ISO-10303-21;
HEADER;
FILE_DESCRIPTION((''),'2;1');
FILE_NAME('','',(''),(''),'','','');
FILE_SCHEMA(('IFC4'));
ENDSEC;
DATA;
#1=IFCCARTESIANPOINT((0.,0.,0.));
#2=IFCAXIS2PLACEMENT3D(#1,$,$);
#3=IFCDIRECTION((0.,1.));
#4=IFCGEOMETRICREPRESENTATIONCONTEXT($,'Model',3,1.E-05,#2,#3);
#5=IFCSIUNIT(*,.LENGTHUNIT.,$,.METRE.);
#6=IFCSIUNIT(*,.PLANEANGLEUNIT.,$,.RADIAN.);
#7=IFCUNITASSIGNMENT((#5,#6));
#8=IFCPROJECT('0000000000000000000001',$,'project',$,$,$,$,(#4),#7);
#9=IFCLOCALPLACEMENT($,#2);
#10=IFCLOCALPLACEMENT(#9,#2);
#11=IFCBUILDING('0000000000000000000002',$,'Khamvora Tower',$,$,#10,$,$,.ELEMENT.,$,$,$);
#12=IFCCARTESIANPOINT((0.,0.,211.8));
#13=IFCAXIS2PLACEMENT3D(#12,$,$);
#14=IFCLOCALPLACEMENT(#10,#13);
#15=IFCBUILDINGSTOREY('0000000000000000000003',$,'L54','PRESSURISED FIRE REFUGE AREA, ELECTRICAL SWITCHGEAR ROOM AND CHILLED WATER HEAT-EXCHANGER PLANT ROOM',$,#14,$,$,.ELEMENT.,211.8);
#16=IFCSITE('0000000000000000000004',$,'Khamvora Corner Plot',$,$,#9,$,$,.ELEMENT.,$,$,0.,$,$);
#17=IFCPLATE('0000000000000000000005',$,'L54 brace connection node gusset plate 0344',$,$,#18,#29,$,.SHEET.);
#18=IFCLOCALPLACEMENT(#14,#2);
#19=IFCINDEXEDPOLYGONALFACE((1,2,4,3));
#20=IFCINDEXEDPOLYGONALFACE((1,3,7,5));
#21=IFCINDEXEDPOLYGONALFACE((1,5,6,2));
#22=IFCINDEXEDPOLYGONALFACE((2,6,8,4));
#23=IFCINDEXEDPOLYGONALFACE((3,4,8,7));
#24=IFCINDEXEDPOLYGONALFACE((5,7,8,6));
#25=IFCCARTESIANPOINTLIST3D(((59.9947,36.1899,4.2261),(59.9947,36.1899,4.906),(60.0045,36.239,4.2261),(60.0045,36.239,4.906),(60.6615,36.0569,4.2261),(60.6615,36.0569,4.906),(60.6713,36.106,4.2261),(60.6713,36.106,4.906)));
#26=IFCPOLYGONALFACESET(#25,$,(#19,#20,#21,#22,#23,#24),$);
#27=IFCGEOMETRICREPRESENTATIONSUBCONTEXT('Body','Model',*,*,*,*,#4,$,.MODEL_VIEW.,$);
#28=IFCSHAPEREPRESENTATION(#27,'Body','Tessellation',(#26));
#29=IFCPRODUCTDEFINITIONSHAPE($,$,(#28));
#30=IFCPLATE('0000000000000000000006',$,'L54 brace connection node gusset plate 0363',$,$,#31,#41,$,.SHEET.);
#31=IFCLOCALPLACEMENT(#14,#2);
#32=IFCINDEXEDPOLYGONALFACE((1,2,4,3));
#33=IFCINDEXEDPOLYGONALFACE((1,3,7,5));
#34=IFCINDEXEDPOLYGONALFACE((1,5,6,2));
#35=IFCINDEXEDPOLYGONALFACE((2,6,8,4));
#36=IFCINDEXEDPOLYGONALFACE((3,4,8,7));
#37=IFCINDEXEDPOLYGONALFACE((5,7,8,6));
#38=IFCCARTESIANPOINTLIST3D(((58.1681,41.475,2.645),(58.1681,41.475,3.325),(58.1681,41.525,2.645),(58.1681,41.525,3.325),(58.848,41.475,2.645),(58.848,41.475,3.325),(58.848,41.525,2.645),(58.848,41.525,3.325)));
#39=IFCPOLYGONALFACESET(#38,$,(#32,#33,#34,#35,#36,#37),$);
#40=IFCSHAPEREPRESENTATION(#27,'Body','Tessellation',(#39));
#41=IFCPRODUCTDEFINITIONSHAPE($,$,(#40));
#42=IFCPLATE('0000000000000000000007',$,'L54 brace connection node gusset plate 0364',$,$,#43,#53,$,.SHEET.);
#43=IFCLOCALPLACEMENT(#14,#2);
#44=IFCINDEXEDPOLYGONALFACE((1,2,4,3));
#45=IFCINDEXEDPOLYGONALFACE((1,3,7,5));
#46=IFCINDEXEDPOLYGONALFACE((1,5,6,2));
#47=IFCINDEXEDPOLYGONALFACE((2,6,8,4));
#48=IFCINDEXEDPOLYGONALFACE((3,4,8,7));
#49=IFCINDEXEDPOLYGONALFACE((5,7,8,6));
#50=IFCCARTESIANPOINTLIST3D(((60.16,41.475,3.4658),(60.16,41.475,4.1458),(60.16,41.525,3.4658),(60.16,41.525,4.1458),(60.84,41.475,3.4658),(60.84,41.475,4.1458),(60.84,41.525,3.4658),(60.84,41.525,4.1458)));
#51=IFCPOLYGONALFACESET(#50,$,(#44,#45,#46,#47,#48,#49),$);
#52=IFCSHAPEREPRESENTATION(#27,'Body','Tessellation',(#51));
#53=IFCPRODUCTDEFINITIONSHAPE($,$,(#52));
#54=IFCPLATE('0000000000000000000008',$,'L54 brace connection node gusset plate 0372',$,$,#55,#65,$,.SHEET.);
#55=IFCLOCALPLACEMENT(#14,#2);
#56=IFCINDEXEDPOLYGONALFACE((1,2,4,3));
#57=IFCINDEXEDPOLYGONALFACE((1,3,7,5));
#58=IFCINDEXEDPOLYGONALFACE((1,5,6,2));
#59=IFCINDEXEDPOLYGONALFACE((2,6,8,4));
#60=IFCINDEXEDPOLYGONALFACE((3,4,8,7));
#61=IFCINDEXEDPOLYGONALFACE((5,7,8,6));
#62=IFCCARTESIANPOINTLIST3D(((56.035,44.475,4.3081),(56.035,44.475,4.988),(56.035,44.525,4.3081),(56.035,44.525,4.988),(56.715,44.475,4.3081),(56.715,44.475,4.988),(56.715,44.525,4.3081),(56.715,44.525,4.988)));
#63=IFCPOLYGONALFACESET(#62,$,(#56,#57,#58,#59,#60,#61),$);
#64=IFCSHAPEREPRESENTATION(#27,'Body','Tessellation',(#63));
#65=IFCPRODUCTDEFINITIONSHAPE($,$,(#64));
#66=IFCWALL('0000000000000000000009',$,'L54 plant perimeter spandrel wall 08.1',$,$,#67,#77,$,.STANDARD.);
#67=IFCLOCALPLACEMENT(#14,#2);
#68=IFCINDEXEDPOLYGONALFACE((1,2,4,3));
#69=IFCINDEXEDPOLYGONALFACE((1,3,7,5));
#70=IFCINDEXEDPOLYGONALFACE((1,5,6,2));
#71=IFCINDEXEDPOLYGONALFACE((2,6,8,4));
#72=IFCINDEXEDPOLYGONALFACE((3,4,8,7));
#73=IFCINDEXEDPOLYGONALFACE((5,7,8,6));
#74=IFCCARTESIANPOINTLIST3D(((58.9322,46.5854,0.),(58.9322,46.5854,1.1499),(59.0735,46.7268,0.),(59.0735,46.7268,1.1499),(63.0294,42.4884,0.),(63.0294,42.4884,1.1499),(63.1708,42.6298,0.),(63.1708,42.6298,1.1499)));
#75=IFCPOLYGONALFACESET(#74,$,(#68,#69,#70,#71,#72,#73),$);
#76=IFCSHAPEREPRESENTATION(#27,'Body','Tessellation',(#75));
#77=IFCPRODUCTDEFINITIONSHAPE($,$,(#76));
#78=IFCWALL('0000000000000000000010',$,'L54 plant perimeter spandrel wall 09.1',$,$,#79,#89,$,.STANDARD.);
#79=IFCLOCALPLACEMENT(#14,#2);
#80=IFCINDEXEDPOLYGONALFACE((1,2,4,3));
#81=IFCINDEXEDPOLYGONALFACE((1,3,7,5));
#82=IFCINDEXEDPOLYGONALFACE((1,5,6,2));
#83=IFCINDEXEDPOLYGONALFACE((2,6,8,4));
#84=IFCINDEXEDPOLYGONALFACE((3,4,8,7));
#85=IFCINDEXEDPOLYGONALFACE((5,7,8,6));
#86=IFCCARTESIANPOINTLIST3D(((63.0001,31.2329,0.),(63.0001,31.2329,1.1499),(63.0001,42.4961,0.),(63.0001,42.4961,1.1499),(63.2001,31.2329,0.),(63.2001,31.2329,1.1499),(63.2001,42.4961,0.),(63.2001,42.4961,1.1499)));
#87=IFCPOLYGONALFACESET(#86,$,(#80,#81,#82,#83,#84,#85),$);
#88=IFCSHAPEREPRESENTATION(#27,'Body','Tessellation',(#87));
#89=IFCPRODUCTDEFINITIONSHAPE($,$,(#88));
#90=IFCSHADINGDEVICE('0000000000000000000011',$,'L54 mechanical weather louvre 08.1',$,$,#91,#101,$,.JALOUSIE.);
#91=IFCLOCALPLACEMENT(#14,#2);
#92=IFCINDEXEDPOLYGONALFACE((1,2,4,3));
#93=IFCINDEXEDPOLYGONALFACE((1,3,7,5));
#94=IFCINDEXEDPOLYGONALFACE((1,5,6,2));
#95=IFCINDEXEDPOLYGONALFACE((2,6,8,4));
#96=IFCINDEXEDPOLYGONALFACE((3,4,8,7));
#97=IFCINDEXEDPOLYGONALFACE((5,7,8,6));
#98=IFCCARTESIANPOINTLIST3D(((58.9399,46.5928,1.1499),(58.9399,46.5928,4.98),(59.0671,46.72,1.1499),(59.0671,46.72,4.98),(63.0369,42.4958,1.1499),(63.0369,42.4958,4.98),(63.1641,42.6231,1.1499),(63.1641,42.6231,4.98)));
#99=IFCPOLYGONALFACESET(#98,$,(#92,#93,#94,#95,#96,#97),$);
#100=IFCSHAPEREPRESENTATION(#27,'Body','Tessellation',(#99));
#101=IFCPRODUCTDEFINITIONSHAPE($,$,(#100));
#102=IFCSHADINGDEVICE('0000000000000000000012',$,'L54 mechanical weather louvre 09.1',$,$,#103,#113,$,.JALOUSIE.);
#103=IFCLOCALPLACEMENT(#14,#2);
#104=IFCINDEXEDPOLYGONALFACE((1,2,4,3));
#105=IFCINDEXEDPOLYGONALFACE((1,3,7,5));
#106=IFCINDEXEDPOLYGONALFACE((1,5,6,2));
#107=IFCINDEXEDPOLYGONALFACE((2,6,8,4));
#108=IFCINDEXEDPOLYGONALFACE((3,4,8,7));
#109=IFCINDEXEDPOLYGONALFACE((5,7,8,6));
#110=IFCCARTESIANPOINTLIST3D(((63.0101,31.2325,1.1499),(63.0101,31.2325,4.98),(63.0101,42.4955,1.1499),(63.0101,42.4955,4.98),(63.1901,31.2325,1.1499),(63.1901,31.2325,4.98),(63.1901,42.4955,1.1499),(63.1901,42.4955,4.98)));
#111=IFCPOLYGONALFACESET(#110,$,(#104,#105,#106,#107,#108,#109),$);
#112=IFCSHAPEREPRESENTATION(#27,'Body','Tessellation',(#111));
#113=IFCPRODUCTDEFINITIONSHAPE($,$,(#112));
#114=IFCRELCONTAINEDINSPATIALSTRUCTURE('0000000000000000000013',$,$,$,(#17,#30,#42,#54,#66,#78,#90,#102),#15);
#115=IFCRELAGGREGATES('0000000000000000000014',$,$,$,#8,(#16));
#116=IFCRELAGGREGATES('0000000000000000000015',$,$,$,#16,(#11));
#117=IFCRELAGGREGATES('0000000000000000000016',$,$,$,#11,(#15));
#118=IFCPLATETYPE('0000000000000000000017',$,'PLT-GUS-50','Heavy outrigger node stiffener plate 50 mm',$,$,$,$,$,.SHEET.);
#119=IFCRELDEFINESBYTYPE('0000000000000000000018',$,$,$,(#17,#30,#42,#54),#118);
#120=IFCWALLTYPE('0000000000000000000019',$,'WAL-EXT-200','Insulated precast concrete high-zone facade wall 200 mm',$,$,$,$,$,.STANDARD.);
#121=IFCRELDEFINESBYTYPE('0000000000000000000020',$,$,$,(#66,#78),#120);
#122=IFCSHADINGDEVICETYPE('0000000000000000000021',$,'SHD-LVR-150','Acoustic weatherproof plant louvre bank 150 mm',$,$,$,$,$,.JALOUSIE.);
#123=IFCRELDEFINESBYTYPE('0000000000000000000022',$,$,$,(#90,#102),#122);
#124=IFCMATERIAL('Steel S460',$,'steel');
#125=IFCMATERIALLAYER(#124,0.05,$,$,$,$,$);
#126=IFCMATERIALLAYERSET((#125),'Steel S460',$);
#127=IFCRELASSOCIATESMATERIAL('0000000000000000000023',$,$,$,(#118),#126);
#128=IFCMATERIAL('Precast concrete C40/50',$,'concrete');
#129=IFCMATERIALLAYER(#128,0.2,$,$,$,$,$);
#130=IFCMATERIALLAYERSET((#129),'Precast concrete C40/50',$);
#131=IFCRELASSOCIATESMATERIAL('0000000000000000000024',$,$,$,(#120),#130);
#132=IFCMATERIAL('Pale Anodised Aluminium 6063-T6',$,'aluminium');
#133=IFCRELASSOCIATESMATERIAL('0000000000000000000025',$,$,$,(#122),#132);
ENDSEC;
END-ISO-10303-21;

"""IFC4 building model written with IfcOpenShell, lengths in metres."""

from ifc_helpers import new_model, si_unit, direction, frame, frame_2d, origin, origin_2d, place, context, subcontext, project, spatial, rectangle, extrude, material, layer, layer_set, type_object, element, save


model = new_model("IFC4")

# Units and contexts
model_context = context("Model", 3, precision=1e-05, world=origin(), true_north=direction((0.0, 1.0)))
body_context = subcontext(model_context, "Body", "Model", "MODEL_VIEW")
ifc_project = project(units=[si_unit("LENGTHUNIT", "METRE"), si_unit("PLANEANGLEUNIT", "RADIAN")], contexts=[model_context])

# Site, building, storey
site_placement = place(None, origin())
site = spatial("IfcSite", under=ifc_project, at=site_placement, Name="Khamvora Corner Plot", CompositionType="ELEMENT", RefElevation=0.0)
building_placement = place(site_placement, origin())
building = spatial("IfcBuilding", under=site, at=building_placement, Name="Khamvora Tower", CompositionType="ELEMENT")
storey_placement = place(building_placement, frame((0.0, 0.0, 211.8)))
storey = spatial("IfcBuildingStorey", under=building, at=storey_placement, Name="L54", Description="PRESSURISED FIRE REFUGE AREA, ELECTRICAL SWITCHGEAR ROOM AND CHILLED WATER HEAT-EXCHANGER PLANT ROOM", CompositionType="ELEMENT", Elevation=211.8)

# Shared definitions
ifc_material_1 = material(Name="Steel S460", Category="steel")

# Plates
ifc_layer_1 = layer(ifc_material_1, 0.05)
ifc_layer_set_1 = layer_set([ifc_layer_1], Name="Steel S460")
plate_type_1 = type_object("IfcPlateType", Name="PLT-GUS-50", Description="Heavy outrigger node stiffener plate 50 mm", PredefinedType="SHEET", material=ifc_layer_set_1)
for number, where, z_axis, x_axis, name in (
    (1, (60.333, 36.1479, 4.2261), (0.0, 0.0, 1.0), (0.980669, -0.195672, 0.0), "L54 brace connection node gusset plate 0344"),
    (2, (58.5081, 41.5, 2.645), (0.0, 0.0, 1.0), (1.0, 0.0, 0.0), "L54 brace connection node gusset plate 0363"),
    (3, (60.5, 41.5, 3.4658), (0.0, 0.0, 1.0), (1.0, 0.0, 0.0), "L54 brace connection node gusset plate 0364"),
    (4, (56.375, 44.5, 4.3081), (0.0, 0.0, 1.0), (1.0, 0.0, 0.0), "L54 brace connection node gusset plate 0372"),
):
    element("IfcPlate", number, at=place(storey_placement, frame(where, z_axis=z_axis, x_axis=x_axis)), inside=storey, type_object=plate_type_1, Name=name, PredefinedType="SHEET", context=body_context, shape_type="SweptSolid", body=[
        extrude(rectangle(XDim=0.6799, YDim=0.05, at=origin_2d()), origin(), (0.0, 0.0, 1.0), 0.6799),
    ])

# Walls
ifc_material_2 = material(Name="Precast concrete C40/50", Category="concrete")
ifc_layer_2 = layer(ifc_material_2, 0.2)
ifc_layer_set_2 = layer_set([ifc_layer_2], Name="Precast concrete C40/50")
wall_type = type_object("IfcWallType", Name="WAL-EXT-200", Description="Insulated precast concrete high-zone facade wall 200 mm", PredefinedType="STANDARD", material=ifc_layer_set_2)
wall_1_placement = place(storey_placement, frame((59.0029, 46.656, 0.0), z_axis=(0.0, 0.0, 1.0), x_axis=(0.707128, -0.707086, 0.0)))
element("IfcWall", 5, at=wall_1_placement, inside=storey, type_object=wall_type, Name="L54 plant perimeter spandrel wall 08.1", PredefinedType="STANDARD", context=body_context, shape_type="SweptSolid", body=[
    extrude(rectangle(XDim=5.7942, YDim=0.2, at=frame_2d((2.897, 0.0))), origin(), (0.0, 0.0, 1.0), 1.1499),
])
wall_2_placement = place(storey_placement, frame((63.1001, 42.4961, 0.0), z_axis=(0.0, 0.0, 1.0), x_axis=(0.0, -1.0, 0.0)))
element("IfcWall", 6, at=wall_2_placement, inside=storey, type_object=wall_type, Name="L54 plant perimeter spandrel wall 09.1", PredefinedType="STANDARD", context=body_context, shape_type="SweptSolid", body=[
    extrude(rectangle(XDim=11.2632, YDim=0.2, at=frame_2d((5.6316, 0.0))), origin(), (0.0, 0.0, 1.0), 1.1499),
])

# Shading devices
ifc_material_3 = material(Name="Pale Anodised Aluminium 6063-T6", Category="aluminium")
shading_device_type = type_object("IfcShadingDeviceType", Name="SHD-LVR-150", Description="Acoustic weatherproof plant louvre bank 150 mm", PredefinedType="JALOUSIE", material=ifc_material_3)
shading_device_1_placement = place(storey_placement, frame((61.052, 44.6079, 1.1499), z_axis=(0.0, 0.0, 1.0), x_axis=(0.707107, -0.707107, 0.0)))
element("IfcShadingDevice", 7, at=shading_device_1_placement, inside=storey, type_object=shading_device_type, Name="L54 mechanical weather louvre 08.1", PredefinedType="JALOUSIE", context=body_context, shape_type="SweptSolid", body=[
    extrude(rectangle(XDim=5.7939, YDim=0.1799, at=origin_2d()), origin(), (0.0, 0.0, 1.0), 3.8301),
])
shading_device_2_placement = place(storey_placement, frame((63.1001, 36.864, 1.1499), z_axis=(0.0, 0.0, 1.0), x_axis=(0.0, -1.0, 0.0)))
element("IfcShadingDevice", 8, at=shading_device_2_placement, inside=storey, type_object=shading_device_type, Name="L54 mechanical weather louvre 09.1", PredefinedType="JALOUSIE", context=body_context, shape_type="SweptSolid", body=[
    extrude(rectangle(XDim=11.2629, YDim=0.1799, at=origin_2d()), origin(), (0.0, 0.0, 1.0), 3.8301),
])

save(model, "model.ifc")
